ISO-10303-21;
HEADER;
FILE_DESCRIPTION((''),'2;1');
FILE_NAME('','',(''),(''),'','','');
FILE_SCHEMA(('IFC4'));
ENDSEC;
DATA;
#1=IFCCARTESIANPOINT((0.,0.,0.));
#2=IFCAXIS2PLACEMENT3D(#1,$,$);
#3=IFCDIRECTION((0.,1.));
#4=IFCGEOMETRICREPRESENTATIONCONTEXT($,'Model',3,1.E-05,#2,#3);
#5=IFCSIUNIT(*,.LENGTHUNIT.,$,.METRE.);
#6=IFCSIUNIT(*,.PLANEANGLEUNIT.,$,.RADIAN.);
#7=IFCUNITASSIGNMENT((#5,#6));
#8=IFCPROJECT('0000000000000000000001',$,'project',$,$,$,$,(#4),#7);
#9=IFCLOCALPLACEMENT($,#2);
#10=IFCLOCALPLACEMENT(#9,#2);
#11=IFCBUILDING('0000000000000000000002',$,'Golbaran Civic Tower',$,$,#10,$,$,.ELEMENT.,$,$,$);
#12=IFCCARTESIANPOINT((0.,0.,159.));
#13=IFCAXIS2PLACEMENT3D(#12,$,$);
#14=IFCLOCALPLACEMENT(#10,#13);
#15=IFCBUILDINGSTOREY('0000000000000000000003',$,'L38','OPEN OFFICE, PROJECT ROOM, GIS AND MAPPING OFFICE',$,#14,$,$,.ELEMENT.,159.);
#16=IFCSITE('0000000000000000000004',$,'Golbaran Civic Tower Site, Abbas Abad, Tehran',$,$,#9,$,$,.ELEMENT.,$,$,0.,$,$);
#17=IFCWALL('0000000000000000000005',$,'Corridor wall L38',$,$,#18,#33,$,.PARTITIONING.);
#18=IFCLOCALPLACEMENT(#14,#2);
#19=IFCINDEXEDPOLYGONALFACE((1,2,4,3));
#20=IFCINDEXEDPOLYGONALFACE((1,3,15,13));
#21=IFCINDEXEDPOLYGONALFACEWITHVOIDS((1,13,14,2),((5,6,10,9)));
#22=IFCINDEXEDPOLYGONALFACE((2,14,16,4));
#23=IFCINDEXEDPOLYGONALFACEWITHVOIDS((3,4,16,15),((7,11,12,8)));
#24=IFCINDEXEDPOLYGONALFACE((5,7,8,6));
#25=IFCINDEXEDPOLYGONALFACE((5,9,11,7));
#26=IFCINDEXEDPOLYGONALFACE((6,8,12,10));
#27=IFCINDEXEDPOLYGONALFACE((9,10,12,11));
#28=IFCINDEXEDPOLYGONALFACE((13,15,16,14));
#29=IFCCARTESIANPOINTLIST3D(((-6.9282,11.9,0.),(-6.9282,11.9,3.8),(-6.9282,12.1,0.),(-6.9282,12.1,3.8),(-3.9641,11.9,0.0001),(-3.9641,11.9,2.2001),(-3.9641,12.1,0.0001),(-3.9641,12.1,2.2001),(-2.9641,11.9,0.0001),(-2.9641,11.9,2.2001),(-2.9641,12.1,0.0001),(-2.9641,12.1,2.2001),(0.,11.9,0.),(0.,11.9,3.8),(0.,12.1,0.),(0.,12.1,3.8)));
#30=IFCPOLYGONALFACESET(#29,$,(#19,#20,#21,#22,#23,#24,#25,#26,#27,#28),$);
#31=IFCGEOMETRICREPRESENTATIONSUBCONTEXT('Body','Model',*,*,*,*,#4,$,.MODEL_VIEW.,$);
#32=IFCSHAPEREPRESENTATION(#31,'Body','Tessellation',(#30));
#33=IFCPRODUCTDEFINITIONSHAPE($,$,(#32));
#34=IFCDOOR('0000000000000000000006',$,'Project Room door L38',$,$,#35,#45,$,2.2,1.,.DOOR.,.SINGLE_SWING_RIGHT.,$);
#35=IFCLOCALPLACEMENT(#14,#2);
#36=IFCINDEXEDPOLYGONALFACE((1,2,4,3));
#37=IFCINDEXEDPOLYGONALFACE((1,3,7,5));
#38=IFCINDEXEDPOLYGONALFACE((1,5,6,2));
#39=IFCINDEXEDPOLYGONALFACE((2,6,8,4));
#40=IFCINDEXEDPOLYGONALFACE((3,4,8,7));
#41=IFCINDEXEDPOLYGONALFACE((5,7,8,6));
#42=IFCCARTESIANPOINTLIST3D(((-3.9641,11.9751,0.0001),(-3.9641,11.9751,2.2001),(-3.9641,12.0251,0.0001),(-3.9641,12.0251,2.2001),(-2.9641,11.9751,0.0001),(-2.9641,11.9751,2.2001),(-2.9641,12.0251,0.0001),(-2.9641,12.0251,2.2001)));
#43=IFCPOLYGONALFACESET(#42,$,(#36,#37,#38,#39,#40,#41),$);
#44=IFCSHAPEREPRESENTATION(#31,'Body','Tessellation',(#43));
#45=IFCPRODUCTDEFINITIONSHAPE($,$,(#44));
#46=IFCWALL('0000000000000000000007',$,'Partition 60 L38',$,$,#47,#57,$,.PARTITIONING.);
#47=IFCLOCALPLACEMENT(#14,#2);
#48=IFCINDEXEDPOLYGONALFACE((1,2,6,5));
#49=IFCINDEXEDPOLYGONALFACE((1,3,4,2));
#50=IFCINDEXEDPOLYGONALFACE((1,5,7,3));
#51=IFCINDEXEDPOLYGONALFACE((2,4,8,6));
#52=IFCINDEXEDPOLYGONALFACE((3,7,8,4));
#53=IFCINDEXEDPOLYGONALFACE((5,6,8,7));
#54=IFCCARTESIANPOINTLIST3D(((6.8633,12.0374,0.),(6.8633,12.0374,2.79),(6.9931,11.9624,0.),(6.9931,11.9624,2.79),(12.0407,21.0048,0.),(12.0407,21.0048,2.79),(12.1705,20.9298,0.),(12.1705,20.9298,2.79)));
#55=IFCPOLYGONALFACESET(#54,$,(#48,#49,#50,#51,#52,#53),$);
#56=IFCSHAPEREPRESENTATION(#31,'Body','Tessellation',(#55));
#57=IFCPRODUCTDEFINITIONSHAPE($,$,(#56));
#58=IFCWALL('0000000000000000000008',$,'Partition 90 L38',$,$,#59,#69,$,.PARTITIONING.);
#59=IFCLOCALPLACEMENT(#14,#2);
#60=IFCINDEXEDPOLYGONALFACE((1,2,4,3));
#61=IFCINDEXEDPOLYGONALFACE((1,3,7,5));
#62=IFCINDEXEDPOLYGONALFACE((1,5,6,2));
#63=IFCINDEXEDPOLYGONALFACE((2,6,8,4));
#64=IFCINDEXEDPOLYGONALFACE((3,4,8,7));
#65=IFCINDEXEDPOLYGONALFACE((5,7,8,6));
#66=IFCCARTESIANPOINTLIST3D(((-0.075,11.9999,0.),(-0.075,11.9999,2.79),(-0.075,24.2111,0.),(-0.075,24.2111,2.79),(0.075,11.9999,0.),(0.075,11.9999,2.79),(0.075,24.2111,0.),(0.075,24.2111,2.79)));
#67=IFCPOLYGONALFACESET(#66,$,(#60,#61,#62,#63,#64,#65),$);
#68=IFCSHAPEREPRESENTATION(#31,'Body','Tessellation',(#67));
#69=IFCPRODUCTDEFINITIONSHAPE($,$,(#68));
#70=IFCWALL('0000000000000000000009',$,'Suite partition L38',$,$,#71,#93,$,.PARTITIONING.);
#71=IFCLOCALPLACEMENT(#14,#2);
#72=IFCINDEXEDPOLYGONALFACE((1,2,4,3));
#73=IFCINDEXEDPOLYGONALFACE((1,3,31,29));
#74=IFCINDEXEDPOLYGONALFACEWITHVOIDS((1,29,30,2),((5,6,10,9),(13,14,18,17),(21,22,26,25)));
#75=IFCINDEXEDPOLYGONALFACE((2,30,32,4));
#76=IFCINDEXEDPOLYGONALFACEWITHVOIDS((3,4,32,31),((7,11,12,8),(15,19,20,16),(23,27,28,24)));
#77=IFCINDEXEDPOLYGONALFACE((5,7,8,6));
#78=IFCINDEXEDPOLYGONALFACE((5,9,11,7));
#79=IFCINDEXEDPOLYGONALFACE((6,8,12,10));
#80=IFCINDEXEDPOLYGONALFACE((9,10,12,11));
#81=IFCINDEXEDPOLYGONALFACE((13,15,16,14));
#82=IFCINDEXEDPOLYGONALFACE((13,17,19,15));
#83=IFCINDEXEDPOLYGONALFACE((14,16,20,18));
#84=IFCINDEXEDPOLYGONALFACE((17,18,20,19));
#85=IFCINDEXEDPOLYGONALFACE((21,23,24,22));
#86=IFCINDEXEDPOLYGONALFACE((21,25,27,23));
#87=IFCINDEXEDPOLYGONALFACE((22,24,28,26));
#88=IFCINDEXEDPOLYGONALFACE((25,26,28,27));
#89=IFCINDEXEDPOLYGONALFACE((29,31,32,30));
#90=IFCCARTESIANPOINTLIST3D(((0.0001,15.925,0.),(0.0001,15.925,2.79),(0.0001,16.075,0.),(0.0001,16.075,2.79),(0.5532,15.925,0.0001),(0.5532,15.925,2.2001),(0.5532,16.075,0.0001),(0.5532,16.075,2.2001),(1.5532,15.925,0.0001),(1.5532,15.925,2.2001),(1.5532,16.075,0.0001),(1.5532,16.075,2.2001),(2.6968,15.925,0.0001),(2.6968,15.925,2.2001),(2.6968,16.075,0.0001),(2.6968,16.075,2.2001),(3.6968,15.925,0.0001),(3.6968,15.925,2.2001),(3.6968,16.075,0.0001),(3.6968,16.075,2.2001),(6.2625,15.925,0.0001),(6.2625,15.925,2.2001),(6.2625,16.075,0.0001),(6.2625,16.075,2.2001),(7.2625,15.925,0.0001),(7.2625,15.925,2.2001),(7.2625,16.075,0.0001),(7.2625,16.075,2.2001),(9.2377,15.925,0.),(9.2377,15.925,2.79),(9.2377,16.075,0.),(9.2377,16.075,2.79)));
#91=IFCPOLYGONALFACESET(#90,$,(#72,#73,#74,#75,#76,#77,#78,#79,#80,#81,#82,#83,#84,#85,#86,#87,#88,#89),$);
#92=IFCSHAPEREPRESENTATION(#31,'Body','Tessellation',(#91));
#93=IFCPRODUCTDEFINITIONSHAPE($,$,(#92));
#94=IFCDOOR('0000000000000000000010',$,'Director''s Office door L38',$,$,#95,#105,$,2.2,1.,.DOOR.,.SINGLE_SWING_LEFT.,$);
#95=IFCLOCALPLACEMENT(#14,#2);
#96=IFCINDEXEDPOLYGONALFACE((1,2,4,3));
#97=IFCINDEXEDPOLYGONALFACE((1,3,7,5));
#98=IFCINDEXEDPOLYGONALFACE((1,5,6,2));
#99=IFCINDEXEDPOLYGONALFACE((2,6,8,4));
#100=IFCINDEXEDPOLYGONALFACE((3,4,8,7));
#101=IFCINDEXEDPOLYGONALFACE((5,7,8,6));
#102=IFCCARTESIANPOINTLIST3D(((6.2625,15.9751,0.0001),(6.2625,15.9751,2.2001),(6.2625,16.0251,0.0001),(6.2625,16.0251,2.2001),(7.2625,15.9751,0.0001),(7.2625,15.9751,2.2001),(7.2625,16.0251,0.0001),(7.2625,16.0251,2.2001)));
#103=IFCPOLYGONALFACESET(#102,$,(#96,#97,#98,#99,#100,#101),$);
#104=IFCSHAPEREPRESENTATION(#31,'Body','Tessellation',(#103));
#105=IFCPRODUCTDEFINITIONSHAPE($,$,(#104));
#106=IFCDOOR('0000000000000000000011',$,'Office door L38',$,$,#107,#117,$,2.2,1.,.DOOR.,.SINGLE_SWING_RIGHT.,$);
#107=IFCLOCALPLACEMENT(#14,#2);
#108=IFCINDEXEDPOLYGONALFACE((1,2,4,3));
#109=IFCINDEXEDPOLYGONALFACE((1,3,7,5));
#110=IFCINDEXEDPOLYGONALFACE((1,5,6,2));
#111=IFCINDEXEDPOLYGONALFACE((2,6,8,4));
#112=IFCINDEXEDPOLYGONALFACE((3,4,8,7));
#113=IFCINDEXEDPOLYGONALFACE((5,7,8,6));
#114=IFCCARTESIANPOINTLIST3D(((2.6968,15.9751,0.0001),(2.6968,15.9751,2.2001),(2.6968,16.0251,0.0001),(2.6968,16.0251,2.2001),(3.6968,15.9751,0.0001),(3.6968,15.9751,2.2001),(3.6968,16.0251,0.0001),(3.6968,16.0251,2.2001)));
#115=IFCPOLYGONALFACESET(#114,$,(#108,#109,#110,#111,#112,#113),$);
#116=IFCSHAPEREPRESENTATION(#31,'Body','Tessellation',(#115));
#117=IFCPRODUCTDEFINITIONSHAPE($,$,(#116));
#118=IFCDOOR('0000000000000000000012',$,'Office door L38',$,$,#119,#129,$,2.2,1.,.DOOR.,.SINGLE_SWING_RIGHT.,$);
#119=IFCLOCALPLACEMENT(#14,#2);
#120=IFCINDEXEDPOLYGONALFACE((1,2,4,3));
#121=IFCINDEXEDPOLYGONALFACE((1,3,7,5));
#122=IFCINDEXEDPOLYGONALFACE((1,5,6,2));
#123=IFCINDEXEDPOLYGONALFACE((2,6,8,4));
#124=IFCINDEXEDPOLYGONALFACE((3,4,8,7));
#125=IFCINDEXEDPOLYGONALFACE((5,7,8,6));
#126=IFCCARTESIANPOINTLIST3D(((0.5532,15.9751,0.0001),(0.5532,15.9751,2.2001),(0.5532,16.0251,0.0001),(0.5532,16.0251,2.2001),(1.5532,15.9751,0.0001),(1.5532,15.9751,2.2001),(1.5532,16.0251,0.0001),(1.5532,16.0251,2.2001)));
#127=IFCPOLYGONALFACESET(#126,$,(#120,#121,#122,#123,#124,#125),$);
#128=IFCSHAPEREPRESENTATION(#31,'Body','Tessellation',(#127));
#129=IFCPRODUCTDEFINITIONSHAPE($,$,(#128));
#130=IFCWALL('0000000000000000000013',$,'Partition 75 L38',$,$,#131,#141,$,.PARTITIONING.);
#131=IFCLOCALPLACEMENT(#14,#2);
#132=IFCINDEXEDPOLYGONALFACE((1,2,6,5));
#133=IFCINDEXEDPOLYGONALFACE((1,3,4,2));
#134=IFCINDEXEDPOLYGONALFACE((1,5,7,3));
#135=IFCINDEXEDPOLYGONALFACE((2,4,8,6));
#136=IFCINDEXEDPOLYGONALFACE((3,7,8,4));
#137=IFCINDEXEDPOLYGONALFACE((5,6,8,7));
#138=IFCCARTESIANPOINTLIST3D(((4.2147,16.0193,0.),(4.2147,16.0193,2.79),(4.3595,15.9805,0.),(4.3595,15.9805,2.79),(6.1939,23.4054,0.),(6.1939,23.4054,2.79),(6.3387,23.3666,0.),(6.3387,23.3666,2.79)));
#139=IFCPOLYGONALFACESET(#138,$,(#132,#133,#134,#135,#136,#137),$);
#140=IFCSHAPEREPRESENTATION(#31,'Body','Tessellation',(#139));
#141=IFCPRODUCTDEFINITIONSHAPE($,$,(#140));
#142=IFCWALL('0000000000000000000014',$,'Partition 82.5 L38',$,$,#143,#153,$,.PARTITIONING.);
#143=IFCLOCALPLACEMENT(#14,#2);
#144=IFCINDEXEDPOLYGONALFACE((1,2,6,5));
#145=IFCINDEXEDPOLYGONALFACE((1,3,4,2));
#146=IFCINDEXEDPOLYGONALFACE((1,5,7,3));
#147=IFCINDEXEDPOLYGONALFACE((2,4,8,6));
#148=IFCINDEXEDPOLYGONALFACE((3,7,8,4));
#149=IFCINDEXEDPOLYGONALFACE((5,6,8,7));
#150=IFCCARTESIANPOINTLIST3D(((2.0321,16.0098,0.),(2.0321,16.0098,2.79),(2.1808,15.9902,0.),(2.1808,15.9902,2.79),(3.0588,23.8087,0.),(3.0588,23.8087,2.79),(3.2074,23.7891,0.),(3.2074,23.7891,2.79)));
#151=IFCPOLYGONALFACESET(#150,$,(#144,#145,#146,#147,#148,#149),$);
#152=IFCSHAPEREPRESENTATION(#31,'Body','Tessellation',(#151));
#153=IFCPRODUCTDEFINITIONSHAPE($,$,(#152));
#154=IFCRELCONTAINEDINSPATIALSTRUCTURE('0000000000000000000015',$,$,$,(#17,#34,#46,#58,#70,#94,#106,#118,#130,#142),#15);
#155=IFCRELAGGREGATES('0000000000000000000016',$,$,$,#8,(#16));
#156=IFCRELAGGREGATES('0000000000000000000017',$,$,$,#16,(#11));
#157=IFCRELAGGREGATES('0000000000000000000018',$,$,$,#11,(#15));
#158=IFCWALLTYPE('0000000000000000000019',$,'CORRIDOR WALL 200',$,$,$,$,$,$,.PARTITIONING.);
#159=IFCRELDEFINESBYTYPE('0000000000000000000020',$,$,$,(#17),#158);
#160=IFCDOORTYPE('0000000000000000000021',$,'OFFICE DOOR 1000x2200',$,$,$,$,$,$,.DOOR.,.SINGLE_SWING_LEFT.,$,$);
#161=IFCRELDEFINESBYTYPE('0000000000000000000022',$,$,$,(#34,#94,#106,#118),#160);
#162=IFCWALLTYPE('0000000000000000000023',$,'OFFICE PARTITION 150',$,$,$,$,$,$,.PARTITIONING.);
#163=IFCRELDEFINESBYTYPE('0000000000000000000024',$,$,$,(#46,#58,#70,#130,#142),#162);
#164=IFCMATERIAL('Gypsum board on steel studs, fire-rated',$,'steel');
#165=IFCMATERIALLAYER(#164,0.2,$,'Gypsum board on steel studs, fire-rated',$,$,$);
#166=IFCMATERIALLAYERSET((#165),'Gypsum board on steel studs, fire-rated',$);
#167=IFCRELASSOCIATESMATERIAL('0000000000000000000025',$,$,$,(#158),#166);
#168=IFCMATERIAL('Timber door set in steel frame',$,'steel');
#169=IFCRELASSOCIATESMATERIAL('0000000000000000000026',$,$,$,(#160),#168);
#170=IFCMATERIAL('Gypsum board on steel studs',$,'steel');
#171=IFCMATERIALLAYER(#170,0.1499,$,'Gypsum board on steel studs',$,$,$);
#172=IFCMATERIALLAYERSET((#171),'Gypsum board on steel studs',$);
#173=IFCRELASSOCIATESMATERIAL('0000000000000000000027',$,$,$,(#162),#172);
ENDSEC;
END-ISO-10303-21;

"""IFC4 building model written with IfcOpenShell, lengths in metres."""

from ifc_helpers import new_model, si_unit, direction, frame, frame_2d, origin, place, context, subcontext, project, spatial, rectangle, extrude, material, layer, layer_set, type_object, element, fill, save


model = new_model("IFC4")

# Units and contexts
model_context = context("Model", 3, precision=1e-05, world=origin(), true_north=direction((0.0, 1.0)))
body_context = subcontext(model_context, "Body", "Model", "MODEL_VIEW")
ifc_project = project(units=[si_unit("LENGTHUNIT", "METRE"), si_unit("PLANEANGLEUNIT", "RADIAN")], contexts=[model_context])

# Site, building, storey
site_placement = place(None, origin())
site = spatial("IfcSite", under=ifc_project, at=site_placement, Name="Golbaran Civic Tower Site, Abbas Abad, Tehran", CompositionType="ELEMENT", RefElevation=0.0)
building_placement = place(site_placement, origin())
building = spatial("IfcBuilding", under=site, at=building_placement, Name="Golbaran Civic Tower", CompositionType="ELEMENT")
storey_placement = place(building_placement, frame((0.0, 0.0, 159.0)))
storey = spatial("IfcBuildingStorey", under=building, at=storey_placement, Name="L38", Description="OPEN OFFICE, PROJECT ROOM, GIS AND MAPPING OFFICE", CompositionType="ELEMENT", Elevation=159.0)

# Wall, opening, door
ifc_material_1 = material(Name="Timber door set in steel frame", Category="steel")
ifc_material_2 = material(Name="Gypsum board on steel studs, fire-rated", Category="steel")
ifc_layer_1 = layer(ifc_material_2, 0.2, Name="Gypsum board on steel studs, fire-rated")
ifc_layer_set_1 = layer_set([ifc_layer_1], Name="Gypsum board on steel studs, fire-rated")
wall_type_1 = type_object("IfcWallType", Name="CORRIDOR WALL 200", PredefinedType="PARTITIONING", material=ifc_layer_set_1)
door_type_1 = type_object("IfcDoorType", Name="OFFICE DOOR 1000x2200", OperationType="SINGLE_SWING_LEFT", PredefinedType="DOOR", material=ifc_material_1)
wall_1_placement = place(storey_placement, frame((0.0, 12.0, 0.0), z_axis=(0.0, 0.0, 1.0), x_axis=(-1.0, 0.0, 0.0)))
wall_1 = element("IfcWall", 1, at=wall_1_placement, inside=storey, type_object=wall_type_1, Name="Corridor wall L38", PredefinedType="PARTITIONING", context=body_context, shape_type="SweptSolid", body=[
    extrude(rectangle(XDim=6.9282, YDim=0.2, at=frame_2d((3.4641, 0.0))), origin(), (0.0, 0.0, 1.0), 3.8),
])
opening_1_placement = place(wall_1_placement, frame((2.9641, 0.0, 0.0)))
opening_1 = element("IfcOpeningElement", 2, at=opening_1_placement, cuts=wall_1, PredefinedType="OPENING", context=body_context, shape_type="SweptSolid", body=[
    extrude(rectangle(XDim=1.0, YDim=2.2, at=frame_2d((0.5, 1.1001))), frame((0.0, 0.1099, 0.0), z_axis=(0.0, -1.0, 0.0), x_axis=(1.0, 0.0, 0.0)), (0.0, 0.0, 1.0), 0.22),
])
door_1_placement = place(opening_1_placement, origin())
door_1 = element("IfcDoor", 3, at=door_1_placement, inside=storey, type_object=door_type_1, Name="Project Room door L38", OperationType="SINGLE_SWING_RIGHT", OverallHeight=2.2, OverallWidth=1.0, PredefinedType="DOOR", context=body_context, shape_type="SweptSolid", body=[
    extrude(rectangle(XDim=1.0, YDim=2.2, at=frame_2d((0.5, 1.1001))), frame((0.0, 0.0249, 0.0), z_axis=(0.0, -1.0, 0.0), x_axis=(1.0, 0.0, 0.0)), (0.0, 0.0, 1.0), 0.05),
])
fill(opening_1, door_1)

# Walls
ifc_material_3 = material(Name="Gypsum board on steel studs", Category="steel")
ifc_layer_2 = layer(ifc_material_3, 0.1499, Name="Gypsum board on steel studs")
ifc_layer_set_2 = layer_set([ifc_layer_2], Name="Gypsum board on steel studs")
wall_type_2 = type_object("IfcWallType", Name="OFFICE PARTITION 150", PredefinedType="PARTITIONING", material=ifc_layer_set_2)
wall_2_placement = place(storey_placement, frame((6.9282, 12.0, 0.0), z_axis=(0.0, 0.0, 1.0), x_axis=(0.500006, 0.866022, 0.0)))
element("IfcWall", 4, at=wall_2_placement, inside=storey, type_object=wall_type_2, Name="Partition 60 L38", PredefinedType="PARTITIONING", context=body_context, shape_type="SweptSolid", body=[
    extrude(rectangle(XDim=10.3547, YDim=0.1499, at=frame_2d((5.1772, 0.0))), origin(), (0.0, 0.0, 1.0), 2.79),
])
wall_3_placement = place(storey_placement, frame((0.0, 12.0, 0.0), z_axis=(0.0, 0.0, 1.0), x_axis=(0.0, 1.0, 0.0)))
element("IfcWall", 5, at=wall_3_placement, inside=storey, type_object=wall_type_2, Name="Partition 90 L38", PredefinedType="PARTITIONING", context=body_context, shape_type="SweptSolid", body=[
    extrude(rectangle(XDim=12.2112, YDim=0.1499, at=frame_2d((6.1055, 0.0))), origin(), (0.0, 0.0, 1.0), 2.79),
])

# Wall, openings, doors
wall_4_placement = place(storey_placement, frame((9.2375, 16.0, 0.0), z_axis=(0.0, 0.0, 1.0), x_axis=(-1.0, 0.0, 0.0)))
wall_4 = element("IfcWall", 6, at=wall_4_placement, inside=storey, type_object=wall_type_2, Name="Suite partition L38", PredefinedType="PARTITIONING", context=body_context, shape_type="SweptSolid", body=[
    extrude(rectangle(XDim=9.2375, YDim=0.1499, at=frame_2d((4.6187, 0.0))), origin(), (0.0, 0.0, 1.0), 2.79),
])
opening_2_placement = place(wall_4_placement, frame((1.9751, 0.0, 0.0)))
opening_2 = element("IfcOpeningElement", 7, at=opening_2_placement, cuts=wall_4, PredefinedType="OPENING", context=body_context, shape_type="SweptSolid", body=[
    extrude(rectangle(XDim=1.0, YDim=2.2, at=frame_2d((0.5, 1.1001))), frame((0.0, 0.085, 0.0), z_axis=(0.0, -1.0, 0.0), x_axis=(1.0, 0.0, 0.0)), (0.0, 0.0, 1.0), 0.1699),
])
opening_3_placement = place(wall_4_placement, frame((5.5408, 0.0, 0.0)))
opening_3 = element("IfcOpeningElement", 8, at=opening_3_placement, cuts=wall_4, PredefinedType="OPENING", context=body_context, shape_type="SweptSolid", body=[
    extrude(rectangle(XDim=1.0, YDim=2.2, at=frame_2d((0.5, 1.1001))), frame((0.0, 0.085, 0.0), z_axis=(0.0, -1.0, 0.0), x_axis=(1.0, 0.0, 0.0)), (0.0, 0.0, 1.0), 0.1699),
])
opening_4_placement = place(wall_4_placement, frame((7.6843, 0.0, 0.0)))
opening_4 = element("IfcOpeningElement", 9, at=opening_4_placement, cuts=wall_4, PredefinedType="OPENING", context=body_context, shape_type="SweptSolid", body=[
    extrude(rectangle(XDim=1.0, YDim=2.2, at=frame_2d((0.5, 1.1001))), frame((0.0, 0.085, 0.0), z_axis=(0.0, -1.0, 0.0), x_axis=(1.0, 0.0, 0.0)), (0.0, 0.0, 1.0), 0.1699),
])
door_2_placement = place(opening_2_placement, origin())
door_2 = element("IfcDoor", 10, at=door_2_placement, inside=storey, type_object=door_type_1, Name="Director's Office door L38", OperationType="SINGLE_SWING_LEFT", OverallHeight=2.2, OverallWidth=1.0, PredefinedType="DOOR", context=body_context, shape_type="SweptSolid", body=[
    extrude(rectangle(XDim=1.0, YDim=2.2, at=frame_2d((0.5, 1.1001))), frame((0.0, 0.0249, 0.0), z_axis=(0.0, -1.0, 0.0), x_axis=(1.0, 0.0, 0.0)), (0.0, 0.0, 1.0), 0.05),
])
fill(opening_2, door_2)
door_3_placement = place(opening_3_placement, origin())
door_3 = element("IfcDoor", 11, at=door_3_placement, inside=storey, type_object=door_type_1, Name="Office door L38", OperationType="SINGLE_SWING_RIGHT", OverallHeight=2.2, OverallWidth=1.0, PredefinedType="DOOR", context=body_context, shape_type="SweptSolid", body=[
    extrude(rectangle(XDim=1.0, YDim=2.2, at=frame_2d((0.5, 1.1001))), frame((0.0, 0.0249, 0.0), z_axis=(0.0, -1.0, 0.0), x_axis=(1.0, 0.0, 0.0)), (0.0, 0.0, 1.0), 0.05),
])
fill(opening_3, door_3)
door_4_placement = place(opening_4_placement, origin())
door_4 = element("IfcDoor", 12, at=door_4_placement, inside=storey, type_object=door_type_1, Name="Office door L38", OperationType="SINGLE_SWING_RIGHT", OverallHeight=2.2, OverallWidth=1.0, PredefinedType="DOOR", context=body_context, shape_type="SweptSolid", body=[
    extrude(rectangle(XDim=1.0, YDim=2.2, at=frame_2d((0.5, 1.1001))), frame((0.0, 0.0249, 0.0), z_axis=(0.0, -1.0, 0.0), x_axis=(1.0, 0.0, 0.0)), (0.0, 0.0, 1.0), 0.05),
])
fill(opening_4, door_4)

# Walls
wall_5_placement = place(storey_placement, frame((4.2871, 16.0, 0.0), z_axis=(0.0, 0.0, 1.0), x_axis=(0.258833, 0.965922, 0.0)))
element("IfcWall", 13, at=wall_5_placement, inside=storey, type_object=wall_type_2, Name="Partition 75 L38", PredefinedType="PARTITIONING", context=body_context, shape_type="SweptSolid", body=[
    extrude(rectangle(XDim=7.6467, YDim=0.1499, at=frame_2d((3.8232, 0.0))), origin(), (0.0, 0.0, 1.0), 2.79),
])
wall_6_placement = place(storey_placement, frame((2.1064, 16.0, 0.0), z_axis=(0.0, 0.0, 1.0), x_axis=(0.130511, 0.991447, 0.0)))
element("IfcWall", 14, at=wall_6_placement, inside=storey, type_object=wall_type_2, Name="Partition 82.5 L38", PredefinedType="PARTITIONING", context=body_context, shape_type="SweptSolid", body=[
    extrude(rectangle(XDim=7.8662, YDim=0.1499, at=frame_2d((3.9331, 0.0))), origin(), (0.0, 0.0, 1.0), 2.79),
])

save(model, "model.ifc")
